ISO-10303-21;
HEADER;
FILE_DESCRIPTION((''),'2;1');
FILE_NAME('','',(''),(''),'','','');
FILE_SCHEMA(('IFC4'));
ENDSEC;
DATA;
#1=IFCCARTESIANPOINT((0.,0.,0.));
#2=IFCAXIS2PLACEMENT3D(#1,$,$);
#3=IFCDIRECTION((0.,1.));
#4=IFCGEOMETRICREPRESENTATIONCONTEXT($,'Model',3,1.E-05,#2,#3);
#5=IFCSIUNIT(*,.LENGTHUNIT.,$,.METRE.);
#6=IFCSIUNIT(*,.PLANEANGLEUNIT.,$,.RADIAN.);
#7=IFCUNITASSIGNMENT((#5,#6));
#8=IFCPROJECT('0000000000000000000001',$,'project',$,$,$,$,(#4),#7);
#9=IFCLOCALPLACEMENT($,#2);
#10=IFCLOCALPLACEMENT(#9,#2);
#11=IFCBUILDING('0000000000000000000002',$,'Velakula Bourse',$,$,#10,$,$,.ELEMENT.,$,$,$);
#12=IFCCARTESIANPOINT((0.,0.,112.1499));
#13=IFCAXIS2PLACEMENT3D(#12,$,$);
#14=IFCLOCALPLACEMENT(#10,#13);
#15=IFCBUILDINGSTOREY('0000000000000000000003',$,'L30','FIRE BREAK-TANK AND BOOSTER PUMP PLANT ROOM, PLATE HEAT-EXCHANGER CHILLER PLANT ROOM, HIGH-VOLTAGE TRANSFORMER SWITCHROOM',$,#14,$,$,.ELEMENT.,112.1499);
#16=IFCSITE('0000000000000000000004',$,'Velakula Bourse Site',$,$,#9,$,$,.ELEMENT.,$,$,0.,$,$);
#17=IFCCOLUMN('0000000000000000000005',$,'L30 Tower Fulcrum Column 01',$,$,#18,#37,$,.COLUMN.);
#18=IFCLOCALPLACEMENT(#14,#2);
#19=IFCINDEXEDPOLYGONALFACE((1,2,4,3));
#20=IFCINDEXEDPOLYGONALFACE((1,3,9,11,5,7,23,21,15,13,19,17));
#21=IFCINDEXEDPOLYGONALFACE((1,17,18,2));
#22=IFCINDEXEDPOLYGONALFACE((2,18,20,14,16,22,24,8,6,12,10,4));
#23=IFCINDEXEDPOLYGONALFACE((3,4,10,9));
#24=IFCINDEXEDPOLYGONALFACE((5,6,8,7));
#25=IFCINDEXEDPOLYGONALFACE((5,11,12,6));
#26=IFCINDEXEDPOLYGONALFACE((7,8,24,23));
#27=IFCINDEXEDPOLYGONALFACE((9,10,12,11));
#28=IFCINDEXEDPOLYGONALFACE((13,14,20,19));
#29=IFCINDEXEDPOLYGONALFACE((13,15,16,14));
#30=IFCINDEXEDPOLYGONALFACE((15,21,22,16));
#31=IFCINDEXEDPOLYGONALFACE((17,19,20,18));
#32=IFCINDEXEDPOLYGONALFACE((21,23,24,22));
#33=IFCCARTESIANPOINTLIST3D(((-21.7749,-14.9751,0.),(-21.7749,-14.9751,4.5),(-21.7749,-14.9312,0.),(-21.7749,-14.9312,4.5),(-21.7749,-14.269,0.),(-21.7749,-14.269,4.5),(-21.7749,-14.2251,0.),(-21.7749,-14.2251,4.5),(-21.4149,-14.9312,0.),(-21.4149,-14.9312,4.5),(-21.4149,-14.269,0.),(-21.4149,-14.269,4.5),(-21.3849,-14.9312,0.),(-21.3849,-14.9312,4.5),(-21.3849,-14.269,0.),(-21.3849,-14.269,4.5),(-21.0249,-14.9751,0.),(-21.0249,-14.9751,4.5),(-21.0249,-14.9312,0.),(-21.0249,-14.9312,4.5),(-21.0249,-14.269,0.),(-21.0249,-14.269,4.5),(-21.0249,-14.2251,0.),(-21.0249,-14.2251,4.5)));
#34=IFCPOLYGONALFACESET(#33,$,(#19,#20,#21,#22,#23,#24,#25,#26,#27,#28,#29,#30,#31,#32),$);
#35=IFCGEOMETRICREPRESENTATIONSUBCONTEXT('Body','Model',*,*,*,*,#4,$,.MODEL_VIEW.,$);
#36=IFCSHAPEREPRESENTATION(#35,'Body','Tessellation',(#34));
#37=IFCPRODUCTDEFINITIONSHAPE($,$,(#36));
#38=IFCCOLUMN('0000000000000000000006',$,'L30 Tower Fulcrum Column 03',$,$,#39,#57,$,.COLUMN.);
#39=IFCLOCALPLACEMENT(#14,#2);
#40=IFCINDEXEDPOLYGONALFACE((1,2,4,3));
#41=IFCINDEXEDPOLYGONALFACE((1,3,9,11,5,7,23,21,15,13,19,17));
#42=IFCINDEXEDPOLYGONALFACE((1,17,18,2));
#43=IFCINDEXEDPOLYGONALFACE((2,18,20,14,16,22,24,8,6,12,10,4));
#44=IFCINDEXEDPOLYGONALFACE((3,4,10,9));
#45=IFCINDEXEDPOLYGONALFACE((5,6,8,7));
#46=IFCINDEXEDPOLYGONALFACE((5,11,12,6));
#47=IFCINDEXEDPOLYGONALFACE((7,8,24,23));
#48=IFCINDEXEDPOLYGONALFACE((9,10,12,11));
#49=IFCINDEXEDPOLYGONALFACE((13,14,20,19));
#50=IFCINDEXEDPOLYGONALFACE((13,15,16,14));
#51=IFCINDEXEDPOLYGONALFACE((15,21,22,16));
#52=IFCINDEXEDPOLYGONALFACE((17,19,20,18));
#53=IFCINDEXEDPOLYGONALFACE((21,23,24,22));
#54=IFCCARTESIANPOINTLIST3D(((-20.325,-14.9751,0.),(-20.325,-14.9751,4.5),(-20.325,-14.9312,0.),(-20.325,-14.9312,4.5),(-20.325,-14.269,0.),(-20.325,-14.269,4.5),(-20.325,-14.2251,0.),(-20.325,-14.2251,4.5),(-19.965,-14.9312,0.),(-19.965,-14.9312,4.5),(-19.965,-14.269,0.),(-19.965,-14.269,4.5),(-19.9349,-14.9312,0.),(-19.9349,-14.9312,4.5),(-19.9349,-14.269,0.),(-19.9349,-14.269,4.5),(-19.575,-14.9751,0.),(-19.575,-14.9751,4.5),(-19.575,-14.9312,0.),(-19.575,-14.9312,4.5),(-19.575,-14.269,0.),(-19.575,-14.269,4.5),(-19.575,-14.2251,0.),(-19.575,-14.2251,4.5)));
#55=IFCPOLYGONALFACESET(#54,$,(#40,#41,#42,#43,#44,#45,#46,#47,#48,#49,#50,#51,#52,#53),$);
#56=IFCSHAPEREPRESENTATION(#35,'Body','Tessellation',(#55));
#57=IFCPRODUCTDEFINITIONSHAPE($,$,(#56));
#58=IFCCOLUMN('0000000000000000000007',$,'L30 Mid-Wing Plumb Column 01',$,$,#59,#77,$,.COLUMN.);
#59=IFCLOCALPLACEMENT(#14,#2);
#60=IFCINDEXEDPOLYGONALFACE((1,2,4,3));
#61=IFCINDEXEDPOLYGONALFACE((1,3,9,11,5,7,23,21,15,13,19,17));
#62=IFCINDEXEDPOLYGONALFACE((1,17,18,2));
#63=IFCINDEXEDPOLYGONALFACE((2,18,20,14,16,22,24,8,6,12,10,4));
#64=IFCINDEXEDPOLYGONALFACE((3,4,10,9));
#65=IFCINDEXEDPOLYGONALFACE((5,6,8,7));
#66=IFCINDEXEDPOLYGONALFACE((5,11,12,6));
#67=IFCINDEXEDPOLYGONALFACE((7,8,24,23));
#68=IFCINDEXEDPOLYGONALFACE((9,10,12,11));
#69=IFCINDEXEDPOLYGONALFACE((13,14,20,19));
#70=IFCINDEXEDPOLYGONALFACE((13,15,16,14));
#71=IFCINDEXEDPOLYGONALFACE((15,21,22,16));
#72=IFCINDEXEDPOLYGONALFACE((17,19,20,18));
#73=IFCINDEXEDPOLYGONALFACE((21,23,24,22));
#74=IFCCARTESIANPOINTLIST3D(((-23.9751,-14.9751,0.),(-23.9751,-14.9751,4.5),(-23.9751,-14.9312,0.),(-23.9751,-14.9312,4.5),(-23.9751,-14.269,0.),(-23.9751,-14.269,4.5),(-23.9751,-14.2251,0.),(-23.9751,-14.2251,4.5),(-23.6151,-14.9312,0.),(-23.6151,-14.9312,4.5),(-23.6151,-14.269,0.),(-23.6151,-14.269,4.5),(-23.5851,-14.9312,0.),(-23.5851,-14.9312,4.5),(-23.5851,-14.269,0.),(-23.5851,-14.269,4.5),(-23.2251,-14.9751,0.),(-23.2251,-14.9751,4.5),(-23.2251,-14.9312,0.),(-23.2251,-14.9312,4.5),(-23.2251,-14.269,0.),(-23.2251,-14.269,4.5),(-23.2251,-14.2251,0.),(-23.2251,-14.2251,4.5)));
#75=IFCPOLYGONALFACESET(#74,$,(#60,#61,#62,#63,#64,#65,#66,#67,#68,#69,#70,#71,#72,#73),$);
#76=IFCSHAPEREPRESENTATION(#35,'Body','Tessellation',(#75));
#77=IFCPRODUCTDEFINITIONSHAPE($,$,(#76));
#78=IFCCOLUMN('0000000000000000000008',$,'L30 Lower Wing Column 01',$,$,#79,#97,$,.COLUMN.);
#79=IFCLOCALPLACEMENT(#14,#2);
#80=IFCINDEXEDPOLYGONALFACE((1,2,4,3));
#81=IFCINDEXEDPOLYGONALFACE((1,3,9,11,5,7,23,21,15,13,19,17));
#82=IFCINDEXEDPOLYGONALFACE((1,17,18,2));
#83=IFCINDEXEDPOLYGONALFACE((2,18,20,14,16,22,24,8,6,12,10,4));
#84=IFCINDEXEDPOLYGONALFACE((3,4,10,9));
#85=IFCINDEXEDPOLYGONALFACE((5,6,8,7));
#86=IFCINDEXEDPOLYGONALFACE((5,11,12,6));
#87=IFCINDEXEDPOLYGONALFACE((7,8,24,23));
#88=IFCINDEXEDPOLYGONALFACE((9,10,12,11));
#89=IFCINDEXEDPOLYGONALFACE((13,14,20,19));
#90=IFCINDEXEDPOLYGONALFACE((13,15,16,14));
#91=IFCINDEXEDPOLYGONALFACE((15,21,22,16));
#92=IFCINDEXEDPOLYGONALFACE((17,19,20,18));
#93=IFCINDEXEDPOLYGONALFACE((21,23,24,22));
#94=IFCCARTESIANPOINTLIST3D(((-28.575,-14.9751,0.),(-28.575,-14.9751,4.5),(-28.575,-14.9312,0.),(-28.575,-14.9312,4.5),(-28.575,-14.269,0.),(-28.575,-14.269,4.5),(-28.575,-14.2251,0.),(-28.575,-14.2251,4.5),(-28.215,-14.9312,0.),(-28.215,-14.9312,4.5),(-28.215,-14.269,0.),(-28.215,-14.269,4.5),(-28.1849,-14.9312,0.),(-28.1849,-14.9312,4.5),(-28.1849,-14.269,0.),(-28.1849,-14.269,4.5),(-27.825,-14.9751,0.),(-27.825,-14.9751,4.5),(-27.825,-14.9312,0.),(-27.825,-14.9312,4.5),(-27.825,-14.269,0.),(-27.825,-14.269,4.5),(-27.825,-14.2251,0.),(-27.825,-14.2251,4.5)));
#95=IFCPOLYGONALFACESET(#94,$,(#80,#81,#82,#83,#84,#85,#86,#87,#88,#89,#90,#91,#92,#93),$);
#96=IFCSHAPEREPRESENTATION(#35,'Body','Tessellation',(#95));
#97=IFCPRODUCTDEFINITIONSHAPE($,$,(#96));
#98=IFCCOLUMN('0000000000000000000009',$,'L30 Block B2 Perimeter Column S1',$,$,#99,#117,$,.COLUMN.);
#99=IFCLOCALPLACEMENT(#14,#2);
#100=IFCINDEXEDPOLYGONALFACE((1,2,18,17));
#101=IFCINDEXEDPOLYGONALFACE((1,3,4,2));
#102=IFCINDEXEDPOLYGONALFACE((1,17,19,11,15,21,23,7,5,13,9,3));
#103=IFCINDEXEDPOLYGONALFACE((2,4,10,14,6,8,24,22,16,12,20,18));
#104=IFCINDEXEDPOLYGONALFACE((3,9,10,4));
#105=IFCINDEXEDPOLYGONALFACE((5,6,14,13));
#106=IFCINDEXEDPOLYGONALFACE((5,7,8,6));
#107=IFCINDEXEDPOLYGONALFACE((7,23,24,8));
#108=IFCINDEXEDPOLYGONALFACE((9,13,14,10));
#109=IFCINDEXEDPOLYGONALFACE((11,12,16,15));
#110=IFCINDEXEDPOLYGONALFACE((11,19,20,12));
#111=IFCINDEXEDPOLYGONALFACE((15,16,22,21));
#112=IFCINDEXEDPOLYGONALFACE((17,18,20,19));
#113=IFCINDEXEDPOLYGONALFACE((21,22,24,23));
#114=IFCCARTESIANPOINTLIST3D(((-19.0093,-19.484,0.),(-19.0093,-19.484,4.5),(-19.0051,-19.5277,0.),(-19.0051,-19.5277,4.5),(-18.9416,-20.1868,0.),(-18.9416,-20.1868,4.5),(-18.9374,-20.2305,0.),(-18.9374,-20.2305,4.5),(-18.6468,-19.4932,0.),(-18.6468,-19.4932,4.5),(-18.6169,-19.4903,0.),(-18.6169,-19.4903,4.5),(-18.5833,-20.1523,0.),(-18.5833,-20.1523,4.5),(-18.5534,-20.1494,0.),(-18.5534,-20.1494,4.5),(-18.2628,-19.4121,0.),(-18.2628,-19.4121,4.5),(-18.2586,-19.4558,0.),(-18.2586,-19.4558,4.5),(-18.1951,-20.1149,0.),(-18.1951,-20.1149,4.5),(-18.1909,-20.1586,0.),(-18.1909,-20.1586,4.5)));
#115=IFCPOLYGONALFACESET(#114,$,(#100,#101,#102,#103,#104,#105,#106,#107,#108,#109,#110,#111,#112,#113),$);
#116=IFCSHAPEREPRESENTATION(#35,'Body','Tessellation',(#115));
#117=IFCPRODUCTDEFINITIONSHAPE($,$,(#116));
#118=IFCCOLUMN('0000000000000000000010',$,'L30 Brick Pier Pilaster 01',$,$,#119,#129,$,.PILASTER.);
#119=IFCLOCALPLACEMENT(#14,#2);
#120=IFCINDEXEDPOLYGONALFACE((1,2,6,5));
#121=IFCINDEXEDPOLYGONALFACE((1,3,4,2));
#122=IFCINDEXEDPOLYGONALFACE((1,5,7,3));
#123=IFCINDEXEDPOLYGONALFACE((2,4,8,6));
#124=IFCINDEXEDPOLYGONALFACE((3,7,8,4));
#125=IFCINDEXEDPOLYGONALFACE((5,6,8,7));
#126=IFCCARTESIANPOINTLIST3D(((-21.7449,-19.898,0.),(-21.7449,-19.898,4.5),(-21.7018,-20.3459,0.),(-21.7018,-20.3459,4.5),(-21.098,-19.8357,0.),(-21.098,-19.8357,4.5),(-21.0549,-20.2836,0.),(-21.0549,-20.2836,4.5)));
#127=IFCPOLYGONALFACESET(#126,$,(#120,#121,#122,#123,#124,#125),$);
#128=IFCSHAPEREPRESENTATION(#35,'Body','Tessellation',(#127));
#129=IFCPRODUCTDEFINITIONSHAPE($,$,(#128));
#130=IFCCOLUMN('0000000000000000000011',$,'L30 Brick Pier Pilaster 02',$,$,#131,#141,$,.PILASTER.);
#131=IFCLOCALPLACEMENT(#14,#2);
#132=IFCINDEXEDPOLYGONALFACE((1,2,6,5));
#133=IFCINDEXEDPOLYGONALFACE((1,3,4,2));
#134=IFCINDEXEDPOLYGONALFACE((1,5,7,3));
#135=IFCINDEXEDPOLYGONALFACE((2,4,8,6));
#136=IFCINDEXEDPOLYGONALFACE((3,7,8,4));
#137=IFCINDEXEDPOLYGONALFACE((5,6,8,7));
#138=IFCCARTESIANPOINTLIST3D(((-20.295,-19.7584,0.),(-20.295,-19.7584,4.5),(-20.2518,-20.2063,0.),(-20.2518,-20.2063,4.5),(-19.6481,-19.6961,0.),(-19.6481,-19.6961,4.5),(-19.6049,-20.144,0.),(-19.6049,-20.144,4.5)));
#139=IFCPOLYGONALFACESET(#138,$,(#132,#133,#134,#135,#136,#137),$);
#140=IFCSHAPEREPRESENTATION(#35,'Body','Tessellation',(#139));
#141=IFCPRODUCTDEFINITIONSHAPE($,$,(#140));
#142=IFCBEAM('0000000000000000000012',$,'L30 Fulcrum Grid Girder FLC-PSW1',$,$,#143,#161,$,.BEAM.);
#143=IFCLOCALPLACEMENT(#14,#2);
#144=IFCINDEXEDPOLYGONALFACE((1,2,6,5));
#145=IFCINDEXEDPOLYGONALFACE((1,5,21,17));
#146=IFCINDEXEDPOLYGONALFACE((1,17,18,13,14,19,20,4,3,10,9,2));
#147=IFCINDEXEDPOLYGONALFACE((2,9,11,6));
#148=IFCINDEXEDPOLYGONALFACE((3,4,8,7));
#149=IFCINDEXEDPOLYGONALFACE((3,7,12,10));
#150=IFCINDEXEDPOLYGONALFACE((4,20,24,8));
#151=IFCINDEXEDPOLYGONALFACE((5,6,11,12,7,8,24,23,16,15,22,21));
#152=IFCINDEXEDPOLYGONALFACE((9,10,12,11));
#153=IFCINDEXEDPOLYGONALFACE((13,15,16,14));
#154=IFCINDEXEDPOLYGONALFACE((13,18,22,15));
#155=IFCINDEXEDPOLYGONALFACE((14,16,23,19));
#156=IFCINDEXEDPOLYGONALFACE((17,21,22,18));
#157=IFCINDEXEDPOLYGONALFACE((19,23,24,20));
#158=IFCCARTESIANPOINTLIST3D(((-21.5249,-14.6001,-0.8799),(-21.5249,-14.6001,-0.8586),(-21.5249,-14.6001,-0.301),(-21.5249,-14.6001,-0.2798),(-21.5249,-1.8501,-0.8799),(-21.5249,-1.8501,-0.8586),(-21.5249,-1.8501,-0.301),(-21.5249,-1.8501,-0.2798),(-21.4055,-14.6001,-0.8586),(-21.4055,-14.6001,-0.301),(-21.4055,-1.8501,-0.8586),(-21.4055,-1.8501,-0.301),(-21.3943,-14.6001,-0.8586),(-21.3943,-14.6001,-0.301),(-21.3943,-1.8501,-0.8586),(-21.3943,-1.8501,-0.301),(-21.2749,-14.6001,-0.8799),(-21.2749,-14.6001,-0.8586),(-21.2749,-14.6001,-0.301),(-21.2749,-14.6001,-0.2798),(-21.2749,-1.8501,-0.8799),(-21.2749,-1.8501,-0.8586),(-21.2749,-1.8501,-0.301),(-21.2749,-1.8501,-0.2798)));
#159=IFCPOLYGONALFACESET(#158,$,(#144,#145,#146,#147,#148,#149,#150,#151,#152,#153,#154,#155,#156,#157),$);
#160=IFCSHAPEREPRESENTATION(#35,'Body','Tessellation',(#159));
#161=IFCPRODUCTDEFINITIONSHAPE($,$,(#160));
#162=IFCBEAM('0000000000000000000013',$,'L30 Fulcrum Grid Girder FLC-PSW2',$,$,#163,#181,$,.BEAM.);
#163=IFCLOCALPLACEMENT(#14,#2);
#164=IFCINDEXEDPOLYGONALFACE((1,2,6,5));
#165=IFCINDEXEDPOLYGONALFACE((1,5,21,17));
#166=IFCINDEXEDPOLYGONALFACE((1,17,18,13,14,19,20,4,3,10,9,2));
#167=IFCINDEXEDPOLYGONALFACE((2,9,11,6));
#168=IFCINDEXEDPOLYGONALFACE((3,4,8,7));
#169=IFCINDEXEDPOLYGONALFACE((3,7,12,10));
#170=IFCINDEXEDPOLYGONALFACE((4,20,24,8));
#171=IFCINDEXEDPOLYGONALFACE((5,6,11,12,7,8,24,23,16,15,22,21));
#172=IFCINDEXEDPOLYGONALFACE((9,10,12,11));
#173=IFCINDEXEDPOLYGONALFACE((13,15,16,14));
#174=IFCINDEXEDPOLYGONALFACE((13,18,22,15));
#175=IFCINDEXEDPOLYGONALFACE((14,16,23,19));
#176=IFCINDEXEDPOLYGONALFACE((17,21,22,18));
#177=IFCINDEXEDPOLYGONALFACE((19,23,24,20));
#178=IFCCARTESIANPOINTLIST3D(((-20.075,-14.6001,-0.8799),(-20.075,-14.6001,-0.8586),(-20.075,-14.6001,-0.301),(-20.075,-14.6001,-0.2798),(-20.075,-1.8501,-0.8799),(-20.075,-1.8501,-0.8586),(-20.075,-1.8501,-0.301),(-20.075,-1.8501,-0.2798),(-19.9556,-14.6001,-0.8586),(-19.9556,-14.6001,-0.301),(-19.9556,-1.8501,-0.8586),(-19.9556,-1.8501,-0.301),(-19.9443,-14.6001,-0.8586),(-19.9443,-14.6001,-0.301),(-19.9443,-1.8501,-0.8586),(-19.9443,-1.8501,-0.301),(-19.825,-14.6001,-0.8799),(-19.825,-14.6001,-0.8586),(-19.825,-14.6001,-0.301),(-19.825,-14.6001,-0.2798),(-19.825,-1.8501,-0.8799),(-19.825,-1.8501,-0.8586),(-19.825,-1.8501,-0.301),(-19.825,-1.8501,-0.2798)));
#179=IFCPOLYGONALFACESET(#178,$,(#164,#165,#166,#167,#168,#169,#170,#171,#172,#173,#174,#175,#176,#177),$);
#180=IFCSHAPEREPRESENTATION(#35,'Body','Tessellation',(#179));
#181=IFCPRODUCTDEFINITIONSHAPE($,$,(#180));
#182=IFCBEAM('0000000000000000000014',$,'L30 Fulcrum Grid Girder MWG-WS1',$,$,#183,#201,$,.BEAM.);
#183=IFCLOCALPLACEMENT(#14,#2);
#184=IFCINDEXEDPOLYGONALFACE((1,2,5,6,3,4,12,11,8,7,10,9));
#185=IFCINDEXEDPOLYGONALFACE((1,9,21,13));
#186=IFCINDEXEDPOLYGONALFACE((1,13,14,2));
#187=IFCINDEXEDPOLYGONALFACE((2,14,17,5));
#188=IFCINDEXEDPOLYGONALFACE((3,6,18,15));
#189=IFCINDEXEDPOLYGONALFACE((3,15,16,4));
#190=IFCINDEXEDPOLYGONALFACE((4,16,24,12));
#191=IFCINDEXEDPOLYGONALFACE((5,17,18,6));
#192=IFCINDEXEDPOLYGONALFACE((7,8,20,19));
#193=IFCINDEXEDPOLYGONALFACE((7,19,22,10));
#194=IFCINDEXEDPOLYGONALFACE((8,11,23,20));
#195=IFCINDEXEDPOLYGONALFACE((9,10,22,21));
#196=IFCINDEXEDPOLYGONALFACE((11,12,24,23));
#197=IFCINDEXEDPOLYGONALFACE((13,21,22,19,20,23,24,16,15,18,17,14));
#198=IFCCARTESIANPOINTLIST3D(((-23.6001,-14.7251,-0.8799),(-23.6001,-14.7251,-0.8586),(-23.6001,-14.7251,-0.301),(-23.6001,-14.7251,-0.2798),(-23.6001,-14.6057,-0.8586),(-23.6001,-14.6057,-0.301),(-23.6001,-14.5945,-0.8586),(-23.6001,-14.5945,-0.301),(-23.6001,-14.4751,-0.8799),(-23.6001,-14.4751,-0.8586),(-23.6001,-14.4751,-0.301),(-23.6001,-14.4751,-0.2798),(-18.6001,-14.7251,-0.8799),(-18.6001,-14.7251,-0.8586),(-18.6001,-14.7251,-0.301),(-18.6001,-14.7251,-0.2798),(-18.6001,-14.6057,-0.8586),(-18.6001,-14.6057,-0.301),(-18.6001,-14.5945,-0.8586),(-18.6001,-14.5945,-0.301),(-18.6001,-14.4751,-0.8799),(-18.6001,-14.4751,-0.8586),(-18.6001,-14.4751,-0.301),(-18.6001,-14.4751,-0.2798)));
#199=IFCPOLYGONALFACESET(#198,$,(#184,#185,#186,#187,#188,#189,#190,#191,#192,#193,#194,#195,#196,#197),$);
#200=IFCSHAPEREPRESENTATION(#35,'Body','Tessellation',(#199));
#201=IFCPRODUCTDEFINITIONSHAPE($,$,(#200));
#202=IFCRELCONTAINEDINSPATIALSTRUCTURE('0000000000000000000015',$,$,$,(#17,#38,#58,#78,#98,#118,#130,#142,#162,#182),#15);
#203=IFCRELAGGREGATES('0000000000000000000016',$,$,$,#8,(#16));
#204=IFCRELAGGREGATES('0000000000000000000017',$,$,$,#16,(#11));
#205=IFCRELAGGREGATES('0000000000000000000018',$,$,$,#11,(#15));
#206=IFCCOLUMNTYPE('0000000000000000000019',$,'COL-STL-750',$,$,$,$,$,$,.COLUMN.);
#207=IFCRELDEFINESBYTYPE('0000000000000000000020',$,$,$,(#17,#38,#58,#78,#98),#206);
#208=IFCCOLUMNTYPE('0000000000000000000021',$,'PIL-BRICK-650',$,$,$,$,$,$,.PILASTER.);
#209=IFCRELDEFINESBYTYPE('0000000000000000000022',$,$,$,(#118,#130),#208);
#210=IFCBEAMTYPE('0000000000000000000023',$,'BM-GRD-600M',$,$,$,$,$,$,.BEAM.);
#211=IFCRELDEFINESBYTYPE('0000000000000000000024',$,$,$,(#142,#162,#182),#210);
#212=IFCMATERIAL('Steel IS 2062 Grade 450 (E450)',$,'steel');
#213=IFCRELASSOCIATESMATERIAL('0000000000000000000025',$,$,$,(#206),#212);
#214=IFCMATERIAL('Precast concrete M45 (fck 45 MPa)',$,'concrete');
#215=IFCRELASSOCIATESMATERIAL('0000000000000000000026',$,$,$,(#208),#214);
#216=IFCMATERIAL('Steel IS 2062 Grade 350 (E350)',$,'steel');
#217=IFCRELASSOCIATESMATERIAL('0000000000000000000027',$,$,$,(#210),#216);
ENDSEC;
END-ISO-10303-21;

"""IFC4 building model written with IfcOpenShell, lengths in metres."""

from ifc_helpers import new_model, si_unit, direction, frame, origin, origin_2d, place, context, subcontext, project, spatial, rectangle, i_section, extrude, material, material_profile, profile_set, type_object, element, save


model = new_model("IFC4")

# Units and contexts
model_context = context("Model", 3, precision=1e-05, world=origin(), true_north=direction((0.0, 1.0)))
body_context = subcontext(model_context, "Body", "Model", "MODEL_VIEW")
ifc_project = project(units=[si_unit("LENGTHUNIT", "METRE"), si_unit("PLANEANGLEUNIT", "RADIAN")], contexts=[model_context])

# Site, building, storey
site_placement = place(None, origin())
site = spatial("IfcSite", under=ifc_project, at=site_placement, Name="Velakula Bourse Site", CompositionType="ELEMENT", RefElevation=0.0)
building_placement = place(site_placement, origin())
building = spatial("IfcBuilding", under=site, at=building_placement, Name="Velakula Bourse", CompositionType="ELEMENT")
storey_placement = place(building_placement, frame((0.0, 0.0, 112.1499)))
storey = spatial("IfcBuildingStorey", under=building, at=storey_placement, Name="L30", Description="FIRE BREAK-TANK AND BOOSTER PUMP PLANT ROOM, PLATE HEAT-EXCHANGER CHILLER PLANT ROOM, HIGH-VOLTAGE TRANSFORMER SWITCHROOM", CompositionType="ELEMENT", Elevation=112.1499)

# Columns
ifc_material_1 = material(Name="Steel IS 2062 Grade 450 (E450)", Category="steel")
ifc_material_profile_1 = material_profile(ifc_material_1, i_section(OverallWidth=0.75, OverallDepth=0.75, WebThickness=0.03, FlangeThickness=0.0439, at=origin_2d()), Name="Steel IS 2062 Grade 450 (E450)")
ifc_profile_set_1 = profile_set([ifc_material_profile_1], Name="Steel IS 2062 Grade 450 (E450)")
column_type_1 = type_object("IfcColumnType", Name="COL-STL-750", PredefinedType="COLUMN", material=ifc_profile_set_1)
for number, where, z_axis, x_axis, name in (
    (1, (-21.3999, -14.6001, 0.0), (0.0, 0.0, 1.0), (1.0, 0.0, 0.0), "L30 Tower Fulcrum Column 01"),
    (2, (-19.95, -14.6001, 0.0), (0.0, 0.0, 1.0), (1.0, 0.0, 0.0), "L30 Tower Fulcrum Column 03"),
    (3, (-23.6001, -14.6001, 0.0), (0.0, 0.0, 1.0), (1.0, 0.0, 0.0), "L30 Mid-Wing Plumb Column 01"),
    (4, (-28.2, -14.6001, 0.0), (0.0, 0.0, 1.0), (1.0, 0.0, 0.0), "L30 Lower Wing Column 01"),
    (5, (-18.6001, -19.8213, 0.0), (0.0, 0.0, 1.0), (0.995396, 0.095846, 0.0), "L30 Block B2 Perimeter Column S1"),
):
    element("IfcColumn", number, at=place(storey_placement, frame(where, z_axis=z_axis, x_axis=x_axis)), inside=storey, type_object=column_type_1, Name=name, PredefinedType="COLUMN", context=body_context, shape_type="SweptSolid", body=[
        extrude(i_section(OverallWidth=0.75, OverallDepth=0.75, WebThickness=0.03, FlangeThickness=0.0439, at=origin_2d()), origin(), (0.0, 0.0, 1.0), 4.5),
    ])
ifc_material_2 = material(Name="Precast concrete M45 (fck 45 MPa)", Category="concrete")
ifc_material_profile_2 = material_profile(ifc_material_2, rectangle(XDim=0.6499, YDim=0.45, at=origin_2d()), Name="Precast concrete M45 (fck 45 MPa)")
ifc_profile_set_2 = profile_set([ifc_material_profile_2], Name="Precast concrete M45 (fck 45 MPa)")
column_type_2 = type_object("IfcColumnType", Name="PIL-BRICK-650", PredefinedType="PILASTER", material=ifc_profile_set_2)
for number, where, z_axis, x_axis, name in (
    (6, (-21.3999, -20.0908, 0.0), (0.0, 0.0, 1.0), (0.995396, 0.095846, 0.0), "L30 Brick Pier Pilaster 01"),
    (7, (-19.95, -19.9512, 0.0), (0.0, 0.0, 1.0), (0.995396, 0.095846, 0.0), "L30 Brick Pier Pilaster 02"),
):
    element("IfcColumn", number, at=place(storey_placement, frame(where, z_axis=z_axis, x_axis=x_axis)), inside=storey, type_object=column_type_2, Name=name, PredefinedType="PILASTER", context=body_context, shape_type="SweptSolid", body=[
        extrude(rectangle(XDim=0.6499, YDim=0.45, at=origin_2d()), origin(), (0.0, 0.0, 1.0), 4.5),
    ])

# Beams
ifc_material_3 = material(Name="Steel IS 2062 Grade 350 (E350)", Category="steel")
ifc_material_profile_3 = material_profile(ifc_material_3, i_section(OverallWidth=0.25, OverallDepth=0.6001, WebThickness=0.0112, FlangeThickness=0.0212, at=origin_2d()), Name="Steel IS 2062 Grade 350 (E350)")
ifc_profile_set_3 = profile_set([ifc_material_profile_3], Name="Steel IS 2062 Grade 350 (E350)")
beam_type_1 = type_object("IfcBeamType", Name="BM-GRD-600M", PredefinedType="BEAM", material=ifc_profile_set_3)
for number, where, z_axis, x_axis, name in (
    (8, (-21.3999, -14.6001, -0.5798), (0.0, 1.0, 0.0), (-1.0, 0.0, 0.0), "L30 Fulcrum Grid Girder FLC-PSW1"),
    (9, (-19.95, -14.6001, -0.5798), (0.0, 1.0, 0.0), (-1.0, 0.0, 0.0), "L30 Fulcrum Grid Girder FLC-PSW2"),
):
    element("IfcBeam", number, at=place(storey_placement, frame(where, z_axis=z_axis, x_axis=x_axis)), inside=storey, type_object=beam_type_1, Name=name, PredefinedType="BEAM", context=body_context, shape_type="SweptSolid", body=[
        extrude(i_section(OverallWidth=0.25, OverallDepth=0.6001, WebThickness=0.0112, FlangeThickness=0.0212, at=origin_2d()), origin(), (0.0, 0.0, 1.0), 12.75),
    ])
beam_1_placement = place(storey_placement, frame((-23.6001, -14.6001, -0.5798), z_axis=(1.0, 0.0, 0.0), x_axis=(0.0, 1.0, 0.0)))
element("IfcBeam", 10, at=beam_1_placement, inside=storey, type_object=beam_type_1, Name="L30 Fulcrum Grid Girder MWG-WS1", PredefinedType="BEAM", context=body_context, shape_type="SweptSolid", body=[
    extrude(i_section(OverallWidth=0.25, OverallDepth=0.6001, WebThickness=0.0112, FlangeThickness=0.0212, at=origin_2d()), origin(), (0.0, 0.0, 1.0), 5.0),
])

save(model, "model.ifc")
